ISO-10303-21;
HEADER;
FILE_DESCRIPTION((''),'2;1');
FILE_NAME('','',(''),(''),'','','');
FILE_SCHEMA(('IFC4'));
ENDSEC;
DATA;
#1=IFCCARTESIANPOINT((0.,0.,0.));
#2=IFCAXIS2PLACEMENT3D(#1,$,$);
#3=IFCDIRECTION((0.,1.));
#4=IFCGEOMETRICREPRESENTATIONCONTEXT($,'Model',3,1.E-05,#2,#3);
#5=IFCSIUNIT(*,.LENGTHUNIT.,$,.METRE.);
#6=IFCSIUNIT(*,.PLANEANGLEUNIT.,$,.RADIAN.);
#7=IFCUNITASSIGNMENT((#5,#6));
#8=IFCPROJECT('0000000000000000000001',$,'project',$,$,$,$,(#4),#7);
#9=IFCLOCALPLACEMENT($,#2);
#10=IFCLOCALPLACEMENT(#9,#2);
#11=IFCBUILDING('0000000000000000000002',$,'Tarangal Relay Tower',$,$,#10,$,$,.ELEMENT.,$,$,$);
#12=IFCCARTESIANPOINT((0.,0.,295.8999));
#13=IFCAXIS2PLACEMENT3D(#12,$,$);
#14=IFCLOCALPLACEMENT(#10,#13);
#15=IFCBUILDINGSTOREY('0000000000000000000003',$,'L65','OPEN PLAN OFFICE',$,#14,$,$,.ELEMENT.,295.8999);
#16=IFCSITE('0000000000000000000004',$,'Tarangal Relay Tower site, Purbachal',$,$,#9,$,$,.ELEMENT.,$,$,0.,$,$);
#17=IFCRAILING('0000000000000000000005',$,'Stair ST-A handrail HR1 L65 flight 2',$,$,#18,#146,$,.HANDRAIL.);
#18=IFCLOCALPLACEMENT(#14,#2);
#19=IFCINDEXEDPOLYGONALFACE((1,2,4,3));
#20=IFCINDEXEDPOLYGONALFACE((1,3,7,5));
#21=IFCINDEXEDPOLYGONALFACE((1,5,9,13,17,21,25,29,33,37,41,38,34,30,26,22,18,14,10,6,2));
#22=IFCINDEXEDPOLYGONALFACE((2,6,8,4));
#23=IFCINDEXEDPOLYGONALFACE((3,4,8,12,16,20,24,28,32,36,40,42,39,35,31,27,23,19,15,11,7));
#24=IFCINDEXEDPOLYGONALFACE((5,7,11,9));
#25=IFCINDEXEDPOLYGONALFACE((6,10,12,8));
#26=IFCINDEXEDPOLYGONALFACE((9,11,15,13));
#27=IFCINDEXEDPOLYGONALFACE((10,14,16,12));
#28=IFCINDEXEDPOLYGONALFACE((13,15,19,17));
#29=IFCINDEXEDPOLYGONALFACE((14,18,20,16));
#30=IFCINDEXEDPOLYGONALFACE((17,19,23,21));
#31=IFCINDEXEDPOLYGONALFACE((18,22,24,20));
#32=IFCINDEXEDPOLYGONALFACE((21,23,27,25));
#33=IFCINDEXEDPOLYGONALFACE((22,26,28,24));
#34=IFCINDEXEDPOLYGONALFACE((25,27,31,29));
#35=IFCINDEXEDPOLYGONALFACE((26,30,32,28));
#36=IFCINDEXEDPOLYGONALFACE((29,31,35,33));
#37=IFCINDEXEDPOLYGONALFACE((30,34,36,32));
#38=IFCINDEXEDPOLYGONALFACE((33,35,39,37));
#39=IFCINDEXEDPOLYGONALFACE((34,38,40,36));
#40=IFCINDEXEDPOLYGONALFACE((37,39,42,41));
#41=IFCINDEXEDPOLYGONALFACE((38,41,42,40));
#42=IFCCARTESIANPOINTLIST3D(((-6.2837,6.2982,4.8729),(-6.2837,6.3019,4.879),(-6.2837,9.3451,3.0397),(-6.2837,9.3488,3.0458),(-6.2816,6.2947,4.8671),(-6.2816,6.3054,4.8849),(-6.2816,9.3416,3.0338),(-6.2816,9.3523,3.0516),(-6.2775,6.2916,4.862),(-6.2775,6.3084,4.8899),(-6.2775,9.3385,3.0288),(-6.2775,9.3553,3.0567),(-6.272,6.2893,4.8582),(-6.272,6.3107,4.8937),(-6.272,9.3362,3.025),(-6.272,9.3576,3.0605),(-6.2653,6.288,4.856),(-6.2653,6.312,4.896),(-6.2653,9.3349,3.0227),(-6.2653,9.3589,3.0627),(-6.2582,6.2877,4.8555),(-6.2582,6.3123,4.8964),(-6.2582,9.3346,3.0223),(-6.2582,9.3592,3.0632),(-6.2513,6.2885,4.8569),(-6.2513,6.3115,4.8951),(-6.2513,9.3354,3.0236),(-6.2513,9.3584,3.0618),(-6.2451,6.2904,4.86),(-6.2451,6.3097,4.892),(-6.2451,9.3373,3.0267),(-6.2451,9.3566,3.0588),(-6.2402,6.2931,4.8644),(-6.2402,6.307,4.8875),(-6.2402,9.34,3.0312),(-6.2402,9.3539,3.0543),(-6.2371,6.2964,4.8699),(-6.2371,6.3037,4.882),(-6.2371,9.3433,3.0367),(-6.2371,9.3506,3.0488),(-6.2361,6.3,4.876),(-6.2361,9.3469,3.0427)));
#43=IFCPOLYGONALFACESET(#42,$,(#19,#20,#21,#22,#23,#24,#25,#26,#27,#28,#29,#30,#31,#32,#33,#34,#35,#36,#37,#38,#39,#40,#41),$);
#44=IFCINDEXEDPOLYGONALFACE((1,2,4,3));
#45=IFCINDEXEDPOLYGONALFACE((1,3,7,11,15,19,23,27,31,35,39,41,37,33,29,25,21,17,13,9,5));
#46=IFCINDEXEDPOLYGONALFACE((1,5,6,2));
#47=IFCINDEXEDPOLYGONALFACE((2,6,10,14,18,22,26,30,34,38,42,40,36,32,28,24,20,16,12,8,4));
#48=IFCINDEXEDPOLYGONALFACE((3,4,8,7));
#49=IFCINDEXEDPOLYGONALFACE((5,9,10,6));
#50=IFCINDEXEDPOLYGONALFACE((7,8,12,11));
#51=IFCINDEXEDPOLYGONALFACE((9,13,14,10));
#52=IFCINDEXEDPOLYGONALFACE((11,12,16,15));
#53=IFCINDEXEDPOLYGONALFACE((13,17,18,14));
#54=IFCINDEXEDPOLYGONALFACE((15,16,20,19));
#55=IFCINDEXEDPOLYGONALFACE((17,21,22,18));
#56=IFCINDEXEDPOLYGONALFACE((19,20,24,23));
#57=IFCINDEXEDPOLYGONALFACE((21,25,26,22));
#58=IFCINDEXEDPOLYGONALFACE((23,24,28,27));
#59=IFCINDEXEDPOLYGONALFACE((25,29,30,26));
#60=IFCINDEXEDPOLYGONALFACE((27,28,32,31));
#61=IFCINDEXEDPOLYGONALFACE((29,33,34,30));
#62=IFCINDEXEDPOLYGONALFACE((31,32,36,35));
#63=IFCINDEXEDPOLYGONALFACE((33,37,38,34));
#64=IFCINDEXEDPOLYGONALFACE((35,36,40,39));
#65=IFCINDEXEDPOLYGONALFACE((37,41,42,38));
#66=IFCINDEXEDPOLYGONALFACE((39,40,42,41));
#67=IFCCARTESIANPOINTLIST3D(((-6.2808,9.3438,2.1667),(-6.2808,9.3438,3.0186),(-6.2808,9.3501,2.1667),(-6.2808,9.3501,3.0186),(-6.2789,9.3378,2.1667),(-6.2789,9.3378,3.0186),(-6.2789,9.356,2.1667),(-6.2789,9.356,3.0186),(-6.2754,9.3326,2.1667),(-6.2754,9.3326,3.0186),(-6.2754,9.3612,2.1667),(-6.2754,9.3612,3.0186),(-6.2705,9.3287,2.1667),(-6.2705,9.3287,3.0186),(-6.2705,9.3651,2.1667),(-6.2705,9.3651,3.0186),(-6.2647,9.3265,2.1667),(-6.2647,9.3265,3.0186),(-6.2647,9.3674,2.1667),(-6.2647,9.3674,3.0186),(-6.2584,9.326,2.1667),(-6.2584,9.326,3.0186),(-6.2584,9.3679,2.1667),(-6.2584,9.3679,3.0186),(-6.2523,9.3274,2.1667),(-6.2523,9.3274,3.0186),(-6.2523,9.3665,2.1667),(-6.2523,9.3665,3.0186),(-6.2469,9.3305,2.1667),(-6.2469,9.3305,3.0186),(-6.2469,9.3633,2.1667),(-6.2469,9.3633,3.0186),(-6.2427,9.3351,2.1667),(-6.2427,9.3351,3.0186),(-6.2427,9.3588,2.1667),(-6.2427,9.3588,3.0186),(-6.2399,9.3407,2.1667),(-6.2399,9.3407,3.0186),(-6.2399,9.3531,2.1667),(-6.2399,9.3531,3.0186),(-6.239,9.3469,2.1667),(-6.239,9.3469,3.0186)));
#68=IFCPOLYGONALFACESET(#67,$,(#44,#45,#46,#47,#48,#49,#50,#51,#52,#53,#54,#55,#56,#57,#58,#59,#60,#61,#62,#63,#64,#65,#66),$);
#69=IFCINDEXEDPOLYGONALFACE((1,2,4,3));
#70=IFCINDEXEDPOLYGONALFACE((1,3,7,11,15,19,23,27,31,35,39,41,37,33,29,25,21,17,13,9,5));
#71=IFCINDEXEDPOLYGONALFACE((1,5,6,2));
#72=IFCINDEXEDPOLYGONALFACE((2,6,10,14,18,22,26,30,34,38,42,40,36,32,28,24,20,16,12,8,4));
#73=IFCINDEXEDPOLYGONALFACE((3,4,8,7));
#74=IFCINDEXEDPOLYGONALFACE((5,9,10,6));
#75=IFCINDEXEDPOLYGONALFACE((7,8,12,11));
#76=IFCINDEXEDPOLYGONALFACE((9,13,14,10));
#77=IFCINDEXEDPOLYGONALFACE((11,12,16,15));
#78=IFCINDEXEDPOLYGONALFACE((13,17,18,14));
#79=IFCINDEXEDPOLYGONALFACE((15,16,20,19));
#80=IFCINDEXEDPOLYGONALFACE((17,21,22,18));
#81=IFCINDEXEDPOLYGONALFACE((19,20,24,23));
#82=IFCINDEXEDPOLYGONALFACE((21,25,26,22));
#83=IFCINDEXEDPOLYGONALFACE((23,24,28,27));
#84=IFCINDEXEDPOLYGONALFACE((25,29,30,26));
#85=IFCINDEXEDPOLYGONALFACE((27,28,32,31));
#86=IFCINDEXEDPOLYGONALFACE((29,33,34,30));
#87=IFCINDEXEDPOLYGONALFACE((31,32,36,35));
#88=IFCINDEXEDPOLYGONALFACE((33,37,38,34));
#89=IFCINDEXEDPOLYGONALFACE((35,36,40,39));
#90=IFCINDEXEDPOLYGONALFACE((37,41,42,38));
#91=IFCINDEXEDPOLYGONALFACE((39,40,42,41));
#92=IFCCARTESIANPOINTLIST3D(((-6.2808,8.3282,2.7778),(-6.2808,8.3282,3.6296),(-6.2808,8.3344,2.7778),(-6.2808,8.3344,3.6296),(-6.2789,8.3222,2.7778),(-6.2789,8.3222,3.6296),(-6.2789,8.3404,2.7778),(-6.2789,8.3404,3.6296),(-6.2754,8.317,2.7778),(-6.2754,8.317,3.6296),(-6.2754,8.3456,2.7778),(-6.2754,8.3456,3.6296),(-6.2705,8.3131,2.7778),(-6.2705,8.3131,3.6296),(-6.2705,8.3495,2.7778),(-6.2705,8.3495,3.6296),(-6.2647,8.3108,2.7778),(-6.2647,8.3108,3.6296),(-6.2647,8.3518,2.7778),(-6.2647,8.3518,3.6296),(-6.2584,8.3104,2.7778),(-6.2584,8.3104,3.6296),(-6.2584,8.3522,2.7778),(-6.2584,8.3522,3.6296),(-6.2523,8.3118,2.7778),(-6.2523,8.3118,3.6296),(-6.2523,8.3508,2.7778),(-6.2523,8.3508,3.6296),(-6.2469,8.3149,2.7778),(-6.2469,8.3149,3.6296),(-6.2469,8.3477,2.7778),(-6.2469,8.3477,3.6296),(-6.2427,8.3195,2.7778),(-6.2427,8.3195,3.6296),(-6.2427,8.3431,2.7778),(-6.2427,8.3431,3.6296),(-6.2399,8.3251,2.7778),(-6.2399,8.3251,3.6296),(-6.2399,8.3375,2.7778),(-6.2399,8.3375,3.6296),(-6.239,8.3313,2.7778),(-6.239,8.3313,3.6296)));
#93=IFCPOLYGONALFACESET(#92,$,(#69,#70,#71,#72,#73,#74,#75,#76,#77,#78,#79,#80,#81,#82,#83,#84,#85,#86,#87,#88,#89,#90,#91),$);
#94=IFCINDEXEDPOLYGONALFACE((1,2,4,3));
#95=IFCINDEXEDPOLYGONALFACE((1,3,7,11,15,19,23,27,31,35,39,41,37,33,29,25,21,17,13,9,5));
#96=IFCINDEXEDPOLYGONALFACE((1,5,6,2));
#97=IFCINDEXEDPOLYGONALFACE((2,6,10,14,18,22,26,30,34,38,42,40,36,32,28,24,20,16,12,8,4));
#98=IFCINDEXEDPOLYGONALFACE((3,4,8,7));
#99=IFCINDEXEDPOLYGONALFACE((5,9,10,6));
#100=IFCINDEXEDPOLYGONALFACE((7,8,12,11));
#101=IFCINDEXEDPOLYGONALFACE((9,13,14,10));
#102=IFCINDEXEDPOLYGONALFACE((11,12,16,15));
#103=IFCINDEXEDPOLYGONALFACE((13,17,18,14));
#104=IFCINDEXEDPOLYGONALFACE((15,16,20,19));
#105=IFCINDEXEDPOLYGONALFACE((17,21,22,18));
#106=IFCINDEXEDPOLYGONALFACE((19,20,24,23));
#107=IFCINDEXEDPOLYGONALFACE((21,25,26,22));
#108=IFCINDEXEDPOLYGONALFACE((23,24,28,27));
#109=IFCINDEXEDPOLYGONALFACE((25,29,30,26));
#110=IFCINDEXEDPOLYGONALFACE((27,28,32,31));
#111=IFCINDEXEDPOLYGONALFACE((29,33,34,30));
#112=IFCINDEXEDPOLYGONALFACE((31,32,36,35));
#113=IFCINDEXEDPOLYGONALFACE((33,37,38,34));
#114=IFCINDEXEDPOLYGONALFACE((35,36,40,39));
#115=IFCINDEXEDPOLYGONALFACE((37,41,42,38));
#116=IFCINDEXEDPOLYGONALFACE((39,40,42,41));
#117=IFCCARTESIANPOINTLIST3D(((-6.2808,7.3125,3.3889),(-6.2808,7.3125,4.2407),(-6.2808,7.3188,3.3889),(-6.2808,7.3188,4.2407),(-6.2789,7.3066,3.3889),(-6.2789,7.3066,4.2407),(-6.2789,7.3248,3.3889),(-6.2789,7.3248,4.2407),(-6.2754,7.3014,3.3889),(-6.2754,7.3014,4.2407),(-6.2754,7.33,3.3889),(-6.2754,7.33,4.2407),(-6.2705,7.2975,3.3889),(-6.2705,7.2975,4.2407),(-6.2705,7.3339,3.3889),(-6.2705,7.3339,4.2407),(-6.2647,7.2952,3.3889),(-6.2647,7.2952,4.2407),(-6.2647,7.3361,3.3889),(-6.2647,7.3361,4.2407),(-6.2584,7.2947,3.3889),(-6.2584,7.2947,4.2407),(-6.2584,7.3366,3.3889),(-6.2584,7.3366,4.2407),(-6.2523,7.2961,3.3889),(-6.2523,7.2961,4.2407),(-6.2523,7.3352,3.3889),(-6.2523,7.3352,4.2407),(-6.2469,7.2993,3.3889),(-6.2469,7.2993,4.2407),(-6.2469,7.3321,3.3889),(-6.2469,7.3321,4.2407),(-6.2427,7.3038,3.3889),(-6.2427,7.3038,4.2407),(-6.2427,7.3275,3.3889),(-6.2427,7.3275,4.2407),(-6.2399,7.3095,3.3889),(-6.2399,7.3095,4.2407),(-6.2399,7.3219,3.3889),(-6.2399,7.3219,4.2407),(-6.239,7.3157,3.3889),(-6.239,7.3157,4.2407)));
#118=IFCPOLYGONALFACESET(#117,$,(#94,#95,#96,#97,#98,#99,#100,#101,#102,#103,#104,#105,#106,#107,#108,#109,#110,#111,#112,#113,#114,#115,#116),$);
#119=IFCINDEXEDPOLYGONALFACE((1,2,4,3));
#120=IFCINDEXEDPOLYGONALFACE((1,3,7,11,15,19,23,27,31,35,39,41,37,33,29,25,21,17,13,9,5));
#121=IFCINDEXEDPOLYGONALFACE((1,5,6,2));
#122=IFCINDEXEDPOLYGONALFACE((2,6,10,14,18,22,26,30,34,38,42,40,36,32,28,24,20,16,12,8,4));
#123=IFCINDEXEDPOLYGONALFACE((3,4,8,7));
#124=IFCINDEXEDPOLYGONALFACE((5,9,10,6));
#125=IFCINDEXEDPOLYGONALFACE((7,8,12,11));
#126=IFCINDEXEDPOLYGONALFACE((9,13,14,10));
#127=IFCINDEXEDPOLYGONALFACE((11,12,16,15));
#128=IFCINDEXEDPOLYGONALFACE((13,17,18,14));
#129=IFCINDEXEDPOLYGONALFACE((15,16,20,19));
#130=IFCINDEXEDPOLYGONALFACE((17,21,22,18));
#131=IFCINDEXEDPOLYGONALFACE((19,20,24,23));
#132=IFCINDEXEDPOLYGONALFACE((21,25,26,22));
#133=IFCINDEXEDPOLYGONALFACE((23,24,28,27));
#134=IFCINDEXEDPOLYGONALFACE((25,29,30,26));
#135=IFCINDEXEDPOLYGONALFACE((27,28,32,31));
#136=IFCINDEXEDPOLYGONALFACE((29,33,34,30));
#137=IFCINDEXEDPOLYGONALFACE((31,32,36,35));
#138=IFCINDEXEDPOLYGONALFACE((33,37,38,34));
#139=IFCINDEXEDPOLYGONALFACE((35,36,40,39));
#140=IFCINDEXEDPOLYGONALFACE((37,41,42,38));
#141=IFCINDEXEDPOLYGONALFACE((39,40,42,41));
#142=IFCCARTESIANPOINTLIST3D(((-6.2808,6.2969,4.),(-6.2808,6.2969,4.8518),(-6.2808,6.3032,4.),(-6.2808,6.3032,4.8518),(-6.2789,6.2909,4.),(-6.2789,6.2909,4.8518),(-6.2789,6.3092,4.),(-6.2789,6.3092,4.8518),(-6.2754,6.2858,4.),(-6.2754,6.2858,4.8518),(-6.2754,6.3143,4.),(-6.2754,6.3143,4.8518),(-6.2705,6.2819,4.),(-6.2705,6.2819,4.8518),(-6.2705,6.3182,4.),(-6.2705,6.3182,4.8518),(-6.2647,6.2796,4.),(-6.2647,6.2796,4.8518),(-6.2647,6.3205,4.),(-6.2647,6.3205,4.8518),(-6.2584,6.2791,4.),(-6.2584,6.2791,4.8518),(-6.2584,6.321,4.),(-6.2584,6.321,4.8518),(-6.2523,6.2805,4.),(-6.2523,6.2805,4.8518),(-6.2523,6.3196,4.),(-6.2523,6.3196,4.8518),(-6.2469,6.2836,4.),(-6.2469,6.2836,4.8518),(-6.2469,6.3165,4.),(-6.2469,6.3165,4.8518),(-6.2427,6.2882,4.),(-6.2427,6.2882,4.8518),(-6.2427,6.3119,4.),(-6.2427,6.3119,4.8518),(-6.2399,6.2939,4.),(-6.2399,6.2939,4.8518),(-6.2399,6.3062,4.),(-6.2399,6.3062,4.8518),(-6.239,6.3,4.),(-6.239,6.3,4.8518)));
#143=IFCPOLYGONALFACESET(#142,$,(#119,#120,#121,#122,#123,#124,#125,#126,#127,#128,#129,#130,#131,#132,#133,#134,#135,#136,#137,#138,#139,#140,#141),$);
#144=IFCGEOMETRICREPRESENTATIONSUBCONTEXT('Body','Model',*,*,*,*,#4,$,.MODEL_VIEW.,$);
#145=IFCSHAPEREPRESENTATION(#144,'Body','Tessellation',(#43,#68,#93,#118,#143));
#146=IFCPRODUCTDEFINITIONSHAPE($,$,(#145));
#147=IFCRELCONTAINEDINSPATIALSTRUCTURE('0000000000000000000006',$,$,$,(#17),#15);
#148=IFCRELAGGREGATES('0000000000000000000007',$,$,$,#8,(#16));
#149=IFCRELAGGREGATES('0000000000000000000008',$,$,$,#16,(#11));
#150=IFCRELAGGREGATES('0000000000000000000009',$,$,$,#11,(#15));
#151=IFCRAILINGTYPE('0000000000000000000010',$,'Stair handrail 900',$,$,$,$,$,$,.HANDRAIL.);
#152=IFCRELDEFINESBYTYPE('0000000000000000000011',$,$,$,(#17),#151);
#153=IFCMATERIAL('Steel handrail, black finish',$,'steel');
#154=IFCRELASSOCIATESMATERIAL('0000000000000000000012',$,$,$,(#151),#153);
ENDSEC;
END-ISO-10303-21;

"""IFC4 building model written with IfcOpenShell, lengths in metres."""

from ifc_helpers import new_model, si_unit, direction, frame, origin, origin_2d, place, context, subcontext, project, spatial, circle, extrude, material, type_object, element, save


model = new_model("IFC4")

# Units and contexts
model_context = context("Model", 3, precision=1e-05, world=origin(), true_north=direction((0.0, 1.0)))
body_context = subcontext(model_context, "Body", "Model", "MODEL_VIEW")
ifc_project = project(units=[si_unit("LENGTHUNIT", "METRE"), si_unit("PLANEANGLEUNIT", "RADIAN")], contexts=[model_context])

# Site, building, storey
site_placement = place(None, origin())
site = spatial("IfcSite", under=ifc_project, at=site_placement, Name="Tarangal Relay Tower site, Purbachal", CompositionType="ELEMENT", RefElevation=0.0)
building_placement = place(site_placement, origin())
building = spatial("IfcBuilding", under=site, at=building_placement, Name="Tarangal Relay Tower", CompositionType="ELEMENT")
storey_placement = place(building_placement, frame((0.0, 0.0, 295.8999)))
storey = spatial("IfcBuildingStorey", under=building, at=storey_placement, Name="L65", Description="OPEN PLAN OFFICE", CompositionType="ELEMENT", Elevation=295.8999)

# Railing
ifc_material_1 = material(Name="Steel handrail, black finish", Category="steel")
railing_type_1 = type_object("IfcRailingType", Name="Stair handrail 900", PredefinedType="HANDRAIL", material=ifc_material_1)
railing_1_placement = place(storey_placement, frame((-6.26, 9.3469, 2.1667)))
element("IfcRailing", 1, at=railing_1_placement, inside=storey, type_object=railing_type_1, Name="Stair ST-A handrail HR1 L65 flight 2", PredefinedType="HANDRAIL", context=body_context, shape_type="SweptSolid", body=[
    extrude(circle(Radius=0.0239, at=origin_2d()), frame((0.0, 0.0, 0.876), z_axis=(0.0, -0.856856, 0.515556), x_axis=(1.0, 0.0, 0.0)), (0.0, 0.0, 1.0), 3.5559),
    extrude(circle(Radius=0.021, at=origin_2d()), origin(), (0.0, 0.0, 1.0), 0.8518),
    extrude(circle(Radius=0.021, at=origin_2d()), frame((0.0, -1.0156, 0.6111)), (0.0, 0.0, 1.0), 0.8518),
    extrude(circle(Radius=0.021, at=origin_2d()), frame((0.0, -2.0312, 1.2222)), (0.0, 0.0, 1.0), 0.8518),
    extrude(circle(Radius=0.021, at=origin_2d()), frame((0.0, -3.0469, 1.8333)), (0.0, 0.0, 1.0), 0.8518),
])

save(model, "model.ifc")
